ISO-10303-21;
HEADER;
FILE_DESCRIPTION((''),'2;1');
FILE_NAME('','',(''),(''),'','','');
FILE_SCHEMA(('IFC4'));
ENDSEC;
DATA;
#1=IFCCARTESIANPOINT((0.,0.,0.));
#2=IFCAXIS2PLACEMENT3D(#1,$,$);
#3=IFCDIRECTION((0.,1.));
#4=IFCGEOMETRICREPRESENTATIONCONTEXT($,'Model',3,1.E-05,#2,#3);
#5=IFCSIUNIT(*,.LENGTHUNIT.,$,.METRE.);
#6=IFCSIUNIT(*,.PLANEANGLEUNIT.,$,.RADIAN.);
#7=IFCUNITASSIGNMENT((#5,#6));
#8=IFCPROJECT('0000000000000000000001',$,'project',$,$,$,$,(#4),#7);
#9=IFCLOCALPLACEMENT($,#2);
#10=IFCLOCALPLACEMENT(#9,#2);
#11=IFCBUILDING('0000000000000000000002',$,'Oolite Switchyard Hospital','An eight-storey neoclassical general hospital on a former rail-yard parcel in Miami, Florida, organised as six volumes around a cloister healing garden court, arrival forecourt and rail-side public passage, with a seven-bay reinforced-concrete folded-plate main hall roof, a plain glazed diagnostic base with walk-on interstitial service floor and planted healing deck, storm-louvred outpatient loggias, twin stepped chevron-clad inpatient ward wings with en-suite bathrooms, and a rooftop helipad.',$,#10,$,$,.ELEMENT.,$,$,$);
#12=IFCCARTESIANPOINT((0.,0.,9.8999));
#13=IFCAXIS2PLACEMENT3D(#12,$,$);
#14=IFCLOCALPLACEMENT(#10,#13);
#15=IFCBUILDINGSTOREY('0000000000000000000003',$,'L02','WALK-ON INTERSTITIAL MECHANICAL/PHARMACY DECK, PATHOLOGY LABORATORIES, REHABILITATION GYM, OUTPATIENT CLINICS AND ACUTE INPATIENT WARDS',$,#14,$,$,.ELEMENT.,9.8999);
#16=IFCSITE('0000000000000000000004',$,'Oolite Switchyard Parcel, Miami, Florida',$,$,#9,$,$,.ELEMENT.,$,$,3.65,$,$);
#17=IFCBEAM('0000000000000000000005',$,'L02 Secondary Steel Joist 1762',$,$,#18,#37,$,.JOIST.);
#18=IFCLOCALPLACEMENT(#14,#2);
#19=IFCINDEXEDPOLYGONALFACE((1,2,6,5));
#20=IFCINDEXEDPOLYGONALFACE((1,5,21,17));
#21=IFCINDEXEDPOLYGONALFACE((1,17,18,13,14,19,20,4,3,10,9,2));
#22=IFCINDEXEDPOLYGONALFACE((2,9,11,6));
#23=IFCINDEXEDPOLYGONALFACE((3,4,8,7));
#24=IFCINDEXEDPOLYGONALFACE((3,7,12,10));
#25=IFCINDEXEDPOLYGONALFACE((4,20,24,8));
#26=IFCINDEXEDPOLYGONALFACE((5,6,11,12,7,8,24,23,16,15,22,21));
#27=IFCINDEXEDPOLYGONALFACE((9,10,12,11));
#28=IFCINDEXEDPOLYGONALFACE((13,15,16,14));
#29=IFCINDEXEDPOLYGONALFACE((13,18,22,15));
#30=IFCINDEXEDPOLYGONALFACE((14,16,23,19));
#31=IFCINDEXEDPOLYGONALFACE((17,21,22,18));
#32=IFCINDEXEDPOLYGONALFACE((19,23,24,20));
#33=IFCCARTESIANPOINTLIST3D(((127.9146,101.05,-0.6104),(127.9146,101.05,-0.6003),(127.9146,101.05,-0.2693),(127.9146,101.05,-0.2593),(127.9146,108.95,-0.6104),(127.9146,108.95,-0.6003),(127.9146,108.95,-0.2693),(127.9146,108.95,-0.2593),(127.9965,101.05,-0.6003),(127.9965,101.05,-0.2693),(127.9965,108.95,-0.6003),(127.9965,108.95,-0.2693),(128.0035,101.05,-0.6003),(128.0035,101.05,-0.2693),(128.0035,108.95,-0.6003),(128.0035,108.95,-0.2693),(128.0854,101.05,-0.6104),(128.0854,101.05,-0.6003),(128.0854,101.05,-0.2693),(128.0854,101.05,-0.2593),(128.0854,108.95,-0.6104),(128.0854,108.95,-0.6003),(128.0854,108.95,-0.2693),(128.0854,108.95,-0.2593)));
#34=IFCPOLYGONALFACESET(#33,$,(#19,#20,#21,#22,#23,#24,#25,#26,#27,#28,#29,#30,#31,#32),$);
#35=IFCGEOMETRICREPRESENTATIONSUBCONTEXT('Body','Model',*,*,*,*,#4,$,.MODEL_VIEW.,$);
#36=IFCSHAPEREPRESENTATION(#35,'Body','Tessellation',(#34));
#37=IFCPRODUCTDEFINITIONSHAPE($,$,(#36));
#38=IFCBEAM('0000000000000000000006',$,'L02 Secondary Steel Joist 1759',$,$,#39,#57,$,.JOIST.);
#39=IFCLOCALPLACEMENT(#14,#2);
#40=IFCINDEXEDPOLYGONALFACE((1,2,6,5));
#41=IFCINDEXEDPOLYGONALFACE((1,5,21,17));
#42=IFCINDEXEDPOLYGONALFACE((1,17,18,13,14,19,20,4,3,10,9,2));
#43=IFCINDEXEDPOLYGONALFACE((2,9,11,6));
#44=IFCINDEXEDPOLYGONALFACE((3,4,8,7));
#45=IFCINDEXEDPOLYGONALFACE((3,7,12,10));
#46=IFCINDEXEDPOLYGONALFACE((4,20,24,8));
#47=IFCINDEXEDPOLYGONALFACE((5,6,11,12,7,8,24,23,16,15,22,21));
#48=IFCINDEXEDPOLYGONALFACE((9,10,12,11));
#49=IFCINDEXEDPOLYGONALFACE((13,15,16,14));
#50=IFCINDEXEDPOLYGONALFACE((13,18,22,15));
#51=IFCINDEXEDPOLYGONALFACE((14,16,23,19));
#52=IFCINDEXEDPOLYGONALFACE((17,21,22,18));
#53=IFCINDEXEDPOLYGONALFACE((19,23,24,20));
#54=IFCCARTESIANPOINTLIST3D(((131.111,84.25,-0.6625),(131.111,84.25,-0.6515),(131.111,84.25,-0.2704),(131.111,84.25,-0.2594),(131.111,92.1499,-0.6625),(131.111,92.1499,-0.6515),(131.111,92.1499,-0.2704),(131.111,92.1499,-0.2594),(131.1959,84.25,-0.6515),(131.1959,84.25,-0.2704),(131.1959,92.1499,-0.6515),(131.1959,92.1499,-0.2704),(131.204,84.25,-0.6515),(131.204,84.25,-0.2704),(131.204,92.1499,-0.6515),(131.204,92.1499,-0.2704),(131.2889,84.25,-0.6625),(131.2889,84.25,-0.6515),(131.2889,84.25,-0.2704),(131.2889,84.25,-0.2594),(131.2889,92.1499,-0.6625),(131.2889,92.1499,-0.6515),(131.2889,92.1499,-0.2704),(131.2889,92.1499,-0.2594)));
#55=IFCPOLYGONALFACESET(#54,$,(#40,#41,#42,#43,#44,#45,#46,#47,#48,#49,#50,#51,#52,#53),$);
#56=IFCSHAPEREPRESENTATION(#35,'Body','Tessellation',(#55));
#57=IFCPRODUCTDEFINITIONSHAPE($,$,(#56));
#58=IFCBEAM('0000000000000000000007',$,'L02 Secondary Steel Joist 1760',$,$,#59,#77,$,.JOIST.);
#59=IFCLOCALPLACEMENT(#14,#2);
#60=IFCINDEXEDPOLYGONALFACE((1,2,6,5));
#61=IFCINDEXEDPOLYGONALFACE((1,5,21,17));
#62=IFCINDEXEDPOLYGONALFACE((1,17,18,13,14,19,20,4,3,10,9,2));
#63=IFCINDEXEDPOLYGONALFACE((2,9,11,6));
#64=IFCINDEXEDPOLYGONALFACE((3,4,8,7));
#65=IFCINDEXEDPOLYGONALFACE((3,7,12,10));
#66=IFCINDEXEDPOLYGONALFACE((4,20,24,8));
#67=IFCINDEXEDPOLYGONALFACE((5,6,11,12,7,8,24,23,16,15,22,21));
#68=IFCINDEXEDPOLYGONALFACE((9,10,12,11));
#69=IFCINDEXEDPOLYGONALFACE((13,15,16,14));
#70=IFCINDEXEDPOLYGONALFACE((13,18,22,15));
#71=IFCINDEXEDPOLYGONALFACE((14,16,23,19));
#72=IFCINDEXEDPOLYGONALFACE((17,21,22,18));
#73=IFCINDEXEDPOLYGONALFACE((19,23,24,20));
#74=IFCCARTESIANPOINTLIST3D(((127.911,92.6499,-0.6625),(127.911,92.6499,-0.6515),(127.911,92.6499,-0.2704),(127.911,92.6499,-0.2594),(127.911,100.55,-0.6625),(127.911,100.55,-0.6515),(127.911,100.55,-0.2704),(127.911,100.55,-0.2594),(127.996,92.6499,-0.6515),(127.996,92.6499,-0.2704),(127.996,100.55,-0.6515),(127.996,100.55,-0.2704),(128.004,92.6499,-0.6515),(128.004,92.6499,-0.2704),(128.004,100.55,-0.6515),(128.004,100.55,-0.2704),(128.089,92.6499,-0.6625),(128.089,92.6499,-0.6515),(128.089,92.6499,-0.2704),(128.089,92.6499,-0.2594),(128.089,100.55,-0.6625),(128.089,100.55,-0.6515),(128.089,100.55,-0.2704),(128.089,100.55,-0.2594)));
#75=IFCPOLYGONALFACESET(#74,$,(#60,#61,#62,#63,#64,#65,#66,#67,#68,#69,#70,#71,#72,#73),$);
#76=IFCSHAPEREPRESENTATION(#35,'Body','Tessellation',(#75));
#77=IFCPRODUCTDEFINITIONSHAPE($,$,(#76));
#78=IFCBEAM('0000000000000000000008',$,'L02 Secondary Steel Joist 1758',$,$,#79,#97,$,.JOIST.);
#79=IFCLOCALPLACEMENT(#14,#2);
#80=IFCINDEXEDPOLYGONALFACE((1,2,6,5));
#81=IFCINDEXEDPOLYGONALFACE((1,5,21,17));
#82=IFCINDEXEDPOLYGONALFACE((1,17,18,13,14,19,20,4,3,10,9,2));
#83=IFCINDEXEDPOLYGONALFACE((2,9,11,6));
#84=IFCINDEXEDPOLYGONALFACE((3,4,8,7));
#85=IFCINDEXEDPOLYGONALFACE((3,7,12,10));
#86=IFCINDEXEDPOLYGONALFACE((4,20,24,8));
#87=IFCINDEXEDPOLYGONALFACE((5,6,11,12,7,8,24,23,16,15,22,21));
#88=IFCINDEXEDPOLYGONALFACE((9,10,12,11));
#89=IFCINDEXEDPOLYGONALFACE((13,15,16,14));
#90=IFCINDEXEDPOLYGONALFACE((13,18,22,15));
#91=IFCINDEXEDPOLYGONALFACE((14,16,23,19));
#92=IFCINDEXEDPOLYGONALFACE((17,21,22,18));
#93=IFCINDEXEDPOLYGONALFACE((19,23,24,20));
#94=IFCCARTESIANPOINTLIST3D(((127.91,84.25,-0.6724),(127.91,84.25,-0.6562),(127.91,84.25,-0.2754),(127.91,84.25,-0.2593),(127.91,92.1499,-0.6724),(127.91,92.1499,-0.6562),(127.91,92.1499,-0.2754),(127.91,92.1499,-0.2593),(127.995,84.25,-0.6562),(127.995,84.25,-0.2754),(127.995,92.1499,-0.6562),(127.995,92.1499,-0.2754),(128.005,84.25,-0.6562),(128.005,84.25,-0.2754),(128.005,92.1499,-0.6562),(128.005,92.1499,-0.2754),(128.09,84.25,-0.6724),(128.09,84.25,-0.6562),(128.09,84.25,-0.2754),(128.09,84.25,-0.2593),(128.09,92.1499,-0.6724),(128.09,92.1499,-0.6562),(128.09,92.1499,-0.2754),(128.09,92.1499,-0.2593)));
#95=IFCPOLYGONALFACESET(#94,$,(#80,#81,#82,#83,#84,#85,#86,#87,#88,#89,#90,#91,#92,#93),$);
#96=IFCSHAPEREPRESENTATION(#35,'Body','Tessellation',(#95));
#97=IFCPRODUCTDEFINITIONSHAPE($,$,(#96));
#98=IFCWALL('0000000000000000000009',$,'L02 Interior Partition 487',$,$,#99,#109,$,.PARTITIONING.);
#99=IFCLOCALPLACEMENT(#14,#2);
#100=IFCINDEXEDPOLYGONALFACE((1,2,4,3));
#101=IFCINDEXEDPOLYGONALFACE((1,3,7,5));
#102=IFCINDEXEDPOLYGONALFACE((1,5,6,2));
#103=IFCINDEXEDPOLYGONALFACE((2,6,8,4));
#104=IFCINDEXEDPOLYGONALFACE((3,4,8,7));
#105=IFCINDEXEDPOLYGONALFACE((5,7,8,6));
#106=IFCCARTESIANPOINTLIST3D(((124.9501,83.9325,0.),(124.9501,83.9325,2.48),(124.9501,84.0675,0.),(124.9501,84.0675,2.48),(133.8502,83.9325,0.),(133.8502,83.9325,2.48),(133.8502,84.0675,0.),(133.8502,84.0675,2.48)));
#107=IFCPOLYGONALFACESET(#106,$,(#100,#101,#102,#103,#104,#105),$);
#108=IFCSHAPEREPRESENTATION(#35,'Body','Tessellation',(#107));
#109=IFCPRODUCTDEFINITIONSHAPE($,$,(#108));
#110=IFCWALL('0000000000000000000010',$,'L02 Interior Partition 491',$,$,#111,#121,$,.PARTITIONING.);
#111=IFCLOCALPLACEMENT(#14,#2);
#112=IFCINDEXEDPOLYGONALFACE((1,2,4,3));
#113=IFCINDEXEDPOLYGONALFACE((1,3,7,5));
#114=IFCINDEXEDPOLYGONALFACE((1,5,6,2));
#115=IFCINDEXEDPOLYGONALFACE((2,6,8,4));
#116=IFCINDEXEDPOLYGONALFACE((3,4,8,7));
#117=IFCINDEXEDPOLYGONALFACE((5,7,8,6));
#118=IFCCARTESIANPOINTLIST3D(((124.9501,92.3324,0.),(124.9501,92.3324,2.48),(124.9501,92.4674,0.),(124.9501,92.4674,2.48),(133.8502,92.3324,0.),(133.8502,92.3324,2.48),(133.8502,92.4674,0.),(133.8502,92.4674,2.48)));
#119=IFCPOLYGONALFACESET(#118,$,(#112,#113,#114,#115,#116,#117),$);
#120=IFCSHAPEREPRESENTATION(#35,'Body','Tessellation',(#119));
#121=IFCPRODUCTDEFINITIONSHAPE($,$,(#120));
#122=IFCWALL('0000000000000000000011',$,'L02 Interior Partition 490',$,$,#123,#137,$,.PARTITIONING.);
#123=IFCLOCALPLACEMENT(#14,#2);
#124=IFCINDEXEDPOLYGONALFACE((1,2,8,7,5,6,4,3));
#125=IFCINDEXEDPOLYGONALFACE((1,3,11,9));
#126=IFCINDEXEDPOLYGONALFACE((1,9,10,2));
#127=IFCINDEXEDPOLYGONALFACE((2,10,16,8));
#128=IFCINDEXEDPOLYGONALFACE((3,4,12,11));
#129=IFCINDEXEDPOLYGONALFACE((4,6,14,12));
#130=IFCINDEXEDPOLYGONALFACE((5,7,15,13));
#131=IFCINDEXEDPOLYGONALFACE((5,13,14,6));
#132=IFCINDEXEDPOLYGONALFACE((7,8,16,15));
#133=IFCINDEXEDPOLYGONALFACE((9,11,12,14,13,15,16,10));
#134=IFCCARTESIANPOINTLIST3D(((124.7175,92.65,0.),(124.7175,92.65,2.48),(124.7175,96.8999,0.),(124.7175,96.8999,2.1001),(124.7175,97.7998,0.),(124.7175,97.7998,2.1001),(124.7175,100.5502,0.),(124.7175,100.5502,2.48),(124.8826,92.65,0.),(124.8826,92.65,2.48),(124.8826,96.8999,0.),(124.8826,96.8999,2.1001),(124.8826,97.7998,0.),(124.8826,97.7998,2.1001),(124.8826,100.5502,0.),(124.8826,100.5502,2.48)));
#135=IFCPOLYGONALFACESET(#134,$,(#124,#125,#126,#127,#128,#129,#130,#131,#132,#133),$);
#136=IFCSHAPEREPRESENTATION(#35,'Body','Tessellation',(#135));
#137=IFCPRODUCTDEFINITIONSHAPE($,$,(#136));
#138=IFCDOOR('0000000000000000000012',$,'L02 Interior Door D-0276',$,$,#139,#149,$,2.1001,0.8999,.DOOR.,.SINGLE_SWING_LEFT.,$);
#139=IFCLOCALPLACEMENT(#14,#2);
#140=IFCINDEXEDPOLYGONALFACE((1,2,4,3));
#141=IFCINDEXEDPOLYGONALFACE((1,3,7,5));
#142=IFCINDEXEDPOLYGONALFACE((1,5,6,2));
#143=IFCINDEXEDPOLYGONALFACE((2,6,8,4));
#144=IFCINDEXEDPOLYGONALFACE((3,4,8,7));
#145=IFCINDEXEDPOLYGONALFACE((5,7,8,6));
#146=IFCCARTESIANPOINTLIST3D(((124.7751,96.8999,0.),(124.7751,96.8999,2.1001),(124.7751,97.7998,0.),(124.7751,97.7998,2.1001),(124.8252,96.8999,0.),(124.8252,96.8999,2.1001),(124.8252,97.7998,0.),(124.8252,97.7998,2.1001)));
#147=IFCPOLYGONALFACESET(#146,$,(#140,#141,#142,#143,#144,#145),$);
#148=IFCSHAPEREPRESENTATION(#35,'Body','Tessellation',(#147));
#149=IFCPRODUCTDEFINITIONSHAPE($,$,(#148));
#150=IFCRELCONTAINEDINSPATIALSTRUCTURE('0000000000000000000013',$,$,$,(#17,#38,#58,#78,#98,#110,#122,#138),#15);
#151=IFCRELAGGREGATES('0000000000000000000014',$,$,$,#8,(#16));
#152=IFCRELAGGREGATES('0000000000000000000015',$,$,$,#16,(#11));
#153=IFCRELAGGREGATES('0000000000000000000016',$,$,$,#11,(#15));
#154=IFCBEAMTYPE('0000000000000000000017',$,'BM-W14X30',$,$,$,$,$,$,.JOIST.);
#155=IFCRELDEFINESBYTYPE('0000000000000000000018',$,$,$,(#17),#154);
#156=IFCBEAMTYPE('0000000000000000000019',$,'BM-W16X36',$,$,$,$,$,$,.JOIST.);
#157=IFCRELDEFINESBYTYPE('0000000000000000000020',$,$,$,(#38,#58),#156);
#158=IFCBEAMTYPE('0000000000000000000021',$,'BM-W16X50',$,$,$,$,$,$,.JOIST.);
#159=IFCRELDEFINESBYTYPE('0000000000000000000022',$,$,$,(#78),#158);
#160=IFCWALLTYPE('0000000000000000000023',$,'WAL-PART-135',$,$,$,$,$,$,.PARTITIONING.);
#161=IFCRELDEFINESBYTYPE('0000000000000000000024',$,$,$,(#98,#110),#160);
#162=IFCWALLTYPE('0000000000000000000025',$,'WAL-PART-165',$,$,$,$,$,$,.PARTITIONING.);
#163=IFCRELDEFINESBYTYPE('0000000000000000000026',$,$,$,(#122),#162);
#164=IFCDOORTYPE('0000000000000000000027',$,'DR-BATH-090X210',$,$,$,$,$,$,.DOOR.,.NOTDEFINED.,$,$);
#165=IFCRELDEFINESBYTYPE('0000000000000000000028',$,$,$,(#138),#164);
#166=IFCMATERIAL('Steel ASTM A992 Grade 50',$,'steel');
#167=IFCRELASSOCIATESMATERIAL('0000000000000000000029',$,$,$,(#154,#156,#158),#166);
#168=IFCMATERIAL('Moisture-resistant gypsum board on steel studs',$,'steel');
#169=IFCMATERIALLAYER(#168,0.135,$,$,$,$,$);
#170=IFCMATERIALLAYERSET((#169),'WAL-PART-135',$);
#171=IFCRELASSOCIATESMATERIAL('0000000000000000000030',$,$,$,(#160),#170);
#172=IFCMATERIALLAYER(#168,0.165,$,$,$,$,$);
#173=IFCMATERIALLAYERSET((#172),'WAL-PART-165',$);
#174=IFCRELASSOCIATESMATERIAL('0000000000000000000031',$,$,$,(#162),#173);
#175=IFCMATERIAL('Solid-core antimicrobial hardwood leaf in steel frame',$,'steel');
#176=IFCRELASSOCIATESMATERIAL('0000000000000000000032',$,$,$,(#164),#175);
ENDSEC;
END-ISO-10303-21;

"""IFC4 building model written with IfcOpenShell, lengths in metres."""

from ifc_helpers import new_model, si_unit, direction, frame, frame_2d, origin, origin_2d, place, context, subcontext, project, spatial, rectangle, i_section, extrude, material, layer, layer_set, material_profile, profile_set, type_object, element, fill, save


model = new_model("IFC4")

# Units and contexts
model_context = context("Model", 3, precision=1e-05, world=origin(), true_north=direction((0.0, 1.0)))
body_context = subcontext(model_context, "Body", "Model", "MODEL_VIEW")
ifc_project = project(units=[si_unit("LENGTHUNIT", "METRE"), si_unit("PLANEANGLEUNIT", "RADIAN")], contexts=[model_context])

# Site, building, storey
site_placement = place(None, origin())
site = spatial("IfcSite", under=ifc_project, at=site_placement, Name="Oolite Switchyard Parcel, Miami, Florida", CompositionType="ELEMENT", RefElevation=3.65)
building_placement = place(site_placement, origin())
building = spatial("IfcBuilding", under=site, at=building_placement, Name="Oolite Switchyard Hospital", Description="An eight-storey neoclassical general hospital on a former rail-yard parcel in Miami, Florida, organised as six volumes around a cloister healing garden court, arrival forecourt and rail-side public passage, with a seven-bay reinforced-concrete folded-plate main hall roof, a plain glazed diagnostic base with walk-on interstitial service floor and planted healing deck, storm-louvred outpatient loggias, twin stepped chevron-clad inpatient ward wings with en-suite bathrooms, and a rooftop helipad.", CompositionType="ELEMENT")
storey_placement = place(building_placement, frame((0.0, 0.0, 9.8999)))
storey = spatial("IfcBuildingStorey", under=building, at=storey_placement, Name="L02", Description="WALK-ON INTERSTITIAL MECHANICAL/PHARMACY DECK, PATHOLOGY LABORATORIES, REHABILITATION GYM, OUTPATIENT CLINICS AND ACUTE INPATIENT WARDS", CompositionType="ELEMENT", Elevation=9.8999)

# Beams
ifc_material_1 = material(Name="Steel ASTM A992 Grade 50", Category="steel")
ifc_material_profile_1 = material_profile(ifc_material_1, i_section(OverallWidth=0.1709, OverallDepth=0.3511, WebThickness=0.0071, FlangeThickness=0.01, at=origin_2d()), Name="W14X30")
ifc_profile_set_1 = profile_set([ifc_material_profile_1], Name="Steel ASTM A992 Grade 50")
beam_type_1 = type_object("IfcBeamType", Name="BM-W14X30", PredefinedType="JOIST", material=ifc_profile_set_1)
beam_1_placement = place(storey_placement, frame((128.0, 101.05, -0.4348), z_axis=(0.0, 1.0, 0.0), x_axis=(-1.0, 0.0, 0.0)))
element("IfcBeam", 1, at=beam_1_placement, inside=storey, type_object=beam_type_1, Name="L02 Secondary Steel Joist 1762", PredefinedType="JOIST", context=body_context, shape_type="SweptSolid", body=[
    extrude(i_section(OverallWidth=0.1709, OverallDepth=0.3511, WebThickness=0.0071, FlangeThickness=0.01, at=origin_2d()), origin(), (0.0, 0.0, 1.0), 7.8999),
])
ifc_material_profile_2 = material_profile(ifc_material_1, i_section(OverallWidth=0.178, OverallDepth=0.4031, WebThickness=0.0081, FlangeThickness=0.011, at=origin_2d()), Name="W16X36")
ifc_profile_set_2 = profile_set([ifc_material_profile_2], Name="Steel ASTM A992 Grade 50")
beam_type_2 = type_object("IfcBeamType", Name="BM-W16X36", PredefinedType="JOIST", material=ifc_profile_set_2)
beam_2_placement = place(storey_placement, frame((131.2, 84.25, -0.4609), z_axis=(0.0, 1.0, 0.0), x_axis=(-1.0, 0.0, 0.0)))
element("IfcBeam", 2, at=beam_2_placement, inside=storey, type_object=beam_type_2, Name="L02 Secondary Steel Joist 1759", PredefinedType="JOIST", context=body_context, shape_type="SweptSolid", body=[
    extrude(i_section(OverallWidth=0.178, OverallDepth=0.4031, WebThickness=0.0081, FlangeThickness=0.011, at=origin_2d()), origin(), (0.0, 0.0, 1.0), 7.8999),
])
beam_3_placement = place(storey_placement, frame((128.0, 92.6499, -0.4609), z_axis=(0.0, 1.0, 0.0), x_axis=(-1.0, 0.0, 0.0)))
element("IfcBeam", 3, at=beam_3_placement, inside=storey, type_object=beam_type_2, Name="L02 Secondary Steel Joist 1760", PredefinedType="JOIST", context=body_context, shape_type="SweptSolid", body=[
    extrude(i_section(OverallWidth=0.178, OverallDepth=0.4031, WebThickness=0.0081, FlangeThickness=0.011, at=origin_2d()), origin(), (0.0, 0.0, 1.0), 7.9001),
])
ifc_material_profile_3 = material_profile(ifc_material_1, i_section(OverallWidth=0.1799, OverallDepth=0.4131, WebThickness=0.01, FlangeThickness=0.0161, at=origin_2d()), Name="W16X50")
ifc_profile_set_3 = profile_set([ifc_material_profile_3], Name="Steel ASTM A992 Grade 50")
beam_type_3 = type_object("IfcBeamType", Name="BM-W16X50", PredefinedType="JOIST", material=ifc_profile_set_3)
beam_4_placement = place(storey_placement, frame((128.0, 84.25, -0.4658), z_axis=(0.0, 1.0, 0.0), x_axis=(-1.0, 0.0, 0.0)))
element("IfcBeam", 4, at=beam_4_placement, inside=storey, type_object=beam_type_3, Name="L02 Secondary Steel Joist 1758", PredefinedType="JOIST", context=body_context, shape_type="SweptSolid", body=[
    extrude(i_section(OverallWidth=0.1799, OverallDepth=0.4131, WebThickness=0.01, FlangeThickness=0.0161, at=origin_2d()), origin(), (0.0, 0.0, 1.0), 7.8999),
])

# Walls
ifc_material_2 = material(Name="Moisture-resistant gypsum board on steel studs", Category="steel")
ifc_layer_1 = layer(ifc_material_2, 0.135)
ifc_layer_set_1 = layer_set([ifc_layer_1], Name="WAL-PART-135")
wall_type_1 = type_object("IfcWallType", Name="WAL-PART-135", PredefinedType="PARTITIONING", material=ifc_layer_set_1)
for number, where, z_axis, x_axis, name in (
    (5, (124.95, 84.0, 0.0), (0.0, 0.0, 1.0), (1.0, 0.0, 0.0), "L02 Interior Partition 487"),
    (6, (124.95, 92.3999, 0.0), (0.0, 0.0, 1.0), (1.0, 0.0, 0.0), "L02 Interior Partition 491"),
):
    element("IfcWall", number, at=place(storey_placement, frame(where, z_axis=z_axis, x_axis=x_axis)), inside=storey, type_object=wall_type_1, Name=name, PredefinedType="PARTITIONING", context=body_context, shape_type="SweptSolid", body=[
        extrude(rectangle(XDim=8.9001, YDim=0.135, at=frame_2d((4.4502, 0.0))), origin(), (0.0, 0.0, 1.0), 2.48),
    ])

# Wall, opening, door
ifc_layer_2 = layer(ifc_material_2, 0.165)
ifc_layer_set_2 = layer_set([ifc_layer_2], Name="WAL-PART-165")
wall_type_2 = type_object("IfcWallType", Name="WAL-PART-165", PredefinedType="PARTITIONING", material=ifc_layer_set_2)
wall_placement = place(storey_placement, frame((124.8, 92.6499, 0.0), z_axis=(0.0, 0.0, 1.0), x_axis=(0.0, 1.0, 0.0)))
wall = element("IfcWall", 7, at=wall_placement, inside=storey, type_object=wall_type_2, Name="L02 Interior Partition 490", PredefinedType="PARTITIONING", context=body_context, shape_type="SweptSolid", body=[
    extrude(rectangle(XDim=7.9001, YDim=0.165, at=frame_2d((3.9502, 0.0))), origin(), (0.0, 0.0, 1.0), 2.48),
])
opening_placement = place(wall_placement, frame((4.25, 0.0, 0.0)))
opening = element("IfcOpeningElement", 8, at=opening_placement, cuts=wall, PredefinedType="OPENING", context=body_context, shape_type="SweptSolid", body=[
    extrude(rectangle(XDim=0.8999, YDim=2.1001, at=frame_2d((0.45, 1.05))), frame((0.0, 0.0925, 0.0), z_axis=(0.0, -1.0, 0.0), x_axis=(1.0, 0.0, 0.0)), (0.0, 0.0, 1.0), 0.1851),
])
ifc_material_3 = material(Name="Solid-core antimicrobial hardwood leaf in steel frame", Category="steel")
door_type = type_object("IfcDoorType", Name="DR-BATH-090X210", OperationType="NOTDEFINED", PredefinedType="DOOR", material=ifc_material_3)
door_placement = place(opening_placement, origin())
door = element("IfcDoor", 9, at=door_placement, inside=storey, type_object=door_type, Name="L02 Interior Door D-0276", OperationType="SINGLE_SWING_LEFT", OverallHeight=2.1001, OverallWidth=0.8999, PredefinedType="DOOR", context=body_context, shape_type="SweptSolid", body=[
    extrude(rectangle(XDim=0.8999, YDim=2.1001, at=frame_2d((0.45, 1.05))), frame((0.0, 0.0249, 0.0), z_axis=(0.0, -1.0, 0.0), x_axis=(1.0, 0.0, 0.0)), (0.0, 0.0, 1.0), 0.05),
])
fill(opening, door)

save(model, "model.ifc")
